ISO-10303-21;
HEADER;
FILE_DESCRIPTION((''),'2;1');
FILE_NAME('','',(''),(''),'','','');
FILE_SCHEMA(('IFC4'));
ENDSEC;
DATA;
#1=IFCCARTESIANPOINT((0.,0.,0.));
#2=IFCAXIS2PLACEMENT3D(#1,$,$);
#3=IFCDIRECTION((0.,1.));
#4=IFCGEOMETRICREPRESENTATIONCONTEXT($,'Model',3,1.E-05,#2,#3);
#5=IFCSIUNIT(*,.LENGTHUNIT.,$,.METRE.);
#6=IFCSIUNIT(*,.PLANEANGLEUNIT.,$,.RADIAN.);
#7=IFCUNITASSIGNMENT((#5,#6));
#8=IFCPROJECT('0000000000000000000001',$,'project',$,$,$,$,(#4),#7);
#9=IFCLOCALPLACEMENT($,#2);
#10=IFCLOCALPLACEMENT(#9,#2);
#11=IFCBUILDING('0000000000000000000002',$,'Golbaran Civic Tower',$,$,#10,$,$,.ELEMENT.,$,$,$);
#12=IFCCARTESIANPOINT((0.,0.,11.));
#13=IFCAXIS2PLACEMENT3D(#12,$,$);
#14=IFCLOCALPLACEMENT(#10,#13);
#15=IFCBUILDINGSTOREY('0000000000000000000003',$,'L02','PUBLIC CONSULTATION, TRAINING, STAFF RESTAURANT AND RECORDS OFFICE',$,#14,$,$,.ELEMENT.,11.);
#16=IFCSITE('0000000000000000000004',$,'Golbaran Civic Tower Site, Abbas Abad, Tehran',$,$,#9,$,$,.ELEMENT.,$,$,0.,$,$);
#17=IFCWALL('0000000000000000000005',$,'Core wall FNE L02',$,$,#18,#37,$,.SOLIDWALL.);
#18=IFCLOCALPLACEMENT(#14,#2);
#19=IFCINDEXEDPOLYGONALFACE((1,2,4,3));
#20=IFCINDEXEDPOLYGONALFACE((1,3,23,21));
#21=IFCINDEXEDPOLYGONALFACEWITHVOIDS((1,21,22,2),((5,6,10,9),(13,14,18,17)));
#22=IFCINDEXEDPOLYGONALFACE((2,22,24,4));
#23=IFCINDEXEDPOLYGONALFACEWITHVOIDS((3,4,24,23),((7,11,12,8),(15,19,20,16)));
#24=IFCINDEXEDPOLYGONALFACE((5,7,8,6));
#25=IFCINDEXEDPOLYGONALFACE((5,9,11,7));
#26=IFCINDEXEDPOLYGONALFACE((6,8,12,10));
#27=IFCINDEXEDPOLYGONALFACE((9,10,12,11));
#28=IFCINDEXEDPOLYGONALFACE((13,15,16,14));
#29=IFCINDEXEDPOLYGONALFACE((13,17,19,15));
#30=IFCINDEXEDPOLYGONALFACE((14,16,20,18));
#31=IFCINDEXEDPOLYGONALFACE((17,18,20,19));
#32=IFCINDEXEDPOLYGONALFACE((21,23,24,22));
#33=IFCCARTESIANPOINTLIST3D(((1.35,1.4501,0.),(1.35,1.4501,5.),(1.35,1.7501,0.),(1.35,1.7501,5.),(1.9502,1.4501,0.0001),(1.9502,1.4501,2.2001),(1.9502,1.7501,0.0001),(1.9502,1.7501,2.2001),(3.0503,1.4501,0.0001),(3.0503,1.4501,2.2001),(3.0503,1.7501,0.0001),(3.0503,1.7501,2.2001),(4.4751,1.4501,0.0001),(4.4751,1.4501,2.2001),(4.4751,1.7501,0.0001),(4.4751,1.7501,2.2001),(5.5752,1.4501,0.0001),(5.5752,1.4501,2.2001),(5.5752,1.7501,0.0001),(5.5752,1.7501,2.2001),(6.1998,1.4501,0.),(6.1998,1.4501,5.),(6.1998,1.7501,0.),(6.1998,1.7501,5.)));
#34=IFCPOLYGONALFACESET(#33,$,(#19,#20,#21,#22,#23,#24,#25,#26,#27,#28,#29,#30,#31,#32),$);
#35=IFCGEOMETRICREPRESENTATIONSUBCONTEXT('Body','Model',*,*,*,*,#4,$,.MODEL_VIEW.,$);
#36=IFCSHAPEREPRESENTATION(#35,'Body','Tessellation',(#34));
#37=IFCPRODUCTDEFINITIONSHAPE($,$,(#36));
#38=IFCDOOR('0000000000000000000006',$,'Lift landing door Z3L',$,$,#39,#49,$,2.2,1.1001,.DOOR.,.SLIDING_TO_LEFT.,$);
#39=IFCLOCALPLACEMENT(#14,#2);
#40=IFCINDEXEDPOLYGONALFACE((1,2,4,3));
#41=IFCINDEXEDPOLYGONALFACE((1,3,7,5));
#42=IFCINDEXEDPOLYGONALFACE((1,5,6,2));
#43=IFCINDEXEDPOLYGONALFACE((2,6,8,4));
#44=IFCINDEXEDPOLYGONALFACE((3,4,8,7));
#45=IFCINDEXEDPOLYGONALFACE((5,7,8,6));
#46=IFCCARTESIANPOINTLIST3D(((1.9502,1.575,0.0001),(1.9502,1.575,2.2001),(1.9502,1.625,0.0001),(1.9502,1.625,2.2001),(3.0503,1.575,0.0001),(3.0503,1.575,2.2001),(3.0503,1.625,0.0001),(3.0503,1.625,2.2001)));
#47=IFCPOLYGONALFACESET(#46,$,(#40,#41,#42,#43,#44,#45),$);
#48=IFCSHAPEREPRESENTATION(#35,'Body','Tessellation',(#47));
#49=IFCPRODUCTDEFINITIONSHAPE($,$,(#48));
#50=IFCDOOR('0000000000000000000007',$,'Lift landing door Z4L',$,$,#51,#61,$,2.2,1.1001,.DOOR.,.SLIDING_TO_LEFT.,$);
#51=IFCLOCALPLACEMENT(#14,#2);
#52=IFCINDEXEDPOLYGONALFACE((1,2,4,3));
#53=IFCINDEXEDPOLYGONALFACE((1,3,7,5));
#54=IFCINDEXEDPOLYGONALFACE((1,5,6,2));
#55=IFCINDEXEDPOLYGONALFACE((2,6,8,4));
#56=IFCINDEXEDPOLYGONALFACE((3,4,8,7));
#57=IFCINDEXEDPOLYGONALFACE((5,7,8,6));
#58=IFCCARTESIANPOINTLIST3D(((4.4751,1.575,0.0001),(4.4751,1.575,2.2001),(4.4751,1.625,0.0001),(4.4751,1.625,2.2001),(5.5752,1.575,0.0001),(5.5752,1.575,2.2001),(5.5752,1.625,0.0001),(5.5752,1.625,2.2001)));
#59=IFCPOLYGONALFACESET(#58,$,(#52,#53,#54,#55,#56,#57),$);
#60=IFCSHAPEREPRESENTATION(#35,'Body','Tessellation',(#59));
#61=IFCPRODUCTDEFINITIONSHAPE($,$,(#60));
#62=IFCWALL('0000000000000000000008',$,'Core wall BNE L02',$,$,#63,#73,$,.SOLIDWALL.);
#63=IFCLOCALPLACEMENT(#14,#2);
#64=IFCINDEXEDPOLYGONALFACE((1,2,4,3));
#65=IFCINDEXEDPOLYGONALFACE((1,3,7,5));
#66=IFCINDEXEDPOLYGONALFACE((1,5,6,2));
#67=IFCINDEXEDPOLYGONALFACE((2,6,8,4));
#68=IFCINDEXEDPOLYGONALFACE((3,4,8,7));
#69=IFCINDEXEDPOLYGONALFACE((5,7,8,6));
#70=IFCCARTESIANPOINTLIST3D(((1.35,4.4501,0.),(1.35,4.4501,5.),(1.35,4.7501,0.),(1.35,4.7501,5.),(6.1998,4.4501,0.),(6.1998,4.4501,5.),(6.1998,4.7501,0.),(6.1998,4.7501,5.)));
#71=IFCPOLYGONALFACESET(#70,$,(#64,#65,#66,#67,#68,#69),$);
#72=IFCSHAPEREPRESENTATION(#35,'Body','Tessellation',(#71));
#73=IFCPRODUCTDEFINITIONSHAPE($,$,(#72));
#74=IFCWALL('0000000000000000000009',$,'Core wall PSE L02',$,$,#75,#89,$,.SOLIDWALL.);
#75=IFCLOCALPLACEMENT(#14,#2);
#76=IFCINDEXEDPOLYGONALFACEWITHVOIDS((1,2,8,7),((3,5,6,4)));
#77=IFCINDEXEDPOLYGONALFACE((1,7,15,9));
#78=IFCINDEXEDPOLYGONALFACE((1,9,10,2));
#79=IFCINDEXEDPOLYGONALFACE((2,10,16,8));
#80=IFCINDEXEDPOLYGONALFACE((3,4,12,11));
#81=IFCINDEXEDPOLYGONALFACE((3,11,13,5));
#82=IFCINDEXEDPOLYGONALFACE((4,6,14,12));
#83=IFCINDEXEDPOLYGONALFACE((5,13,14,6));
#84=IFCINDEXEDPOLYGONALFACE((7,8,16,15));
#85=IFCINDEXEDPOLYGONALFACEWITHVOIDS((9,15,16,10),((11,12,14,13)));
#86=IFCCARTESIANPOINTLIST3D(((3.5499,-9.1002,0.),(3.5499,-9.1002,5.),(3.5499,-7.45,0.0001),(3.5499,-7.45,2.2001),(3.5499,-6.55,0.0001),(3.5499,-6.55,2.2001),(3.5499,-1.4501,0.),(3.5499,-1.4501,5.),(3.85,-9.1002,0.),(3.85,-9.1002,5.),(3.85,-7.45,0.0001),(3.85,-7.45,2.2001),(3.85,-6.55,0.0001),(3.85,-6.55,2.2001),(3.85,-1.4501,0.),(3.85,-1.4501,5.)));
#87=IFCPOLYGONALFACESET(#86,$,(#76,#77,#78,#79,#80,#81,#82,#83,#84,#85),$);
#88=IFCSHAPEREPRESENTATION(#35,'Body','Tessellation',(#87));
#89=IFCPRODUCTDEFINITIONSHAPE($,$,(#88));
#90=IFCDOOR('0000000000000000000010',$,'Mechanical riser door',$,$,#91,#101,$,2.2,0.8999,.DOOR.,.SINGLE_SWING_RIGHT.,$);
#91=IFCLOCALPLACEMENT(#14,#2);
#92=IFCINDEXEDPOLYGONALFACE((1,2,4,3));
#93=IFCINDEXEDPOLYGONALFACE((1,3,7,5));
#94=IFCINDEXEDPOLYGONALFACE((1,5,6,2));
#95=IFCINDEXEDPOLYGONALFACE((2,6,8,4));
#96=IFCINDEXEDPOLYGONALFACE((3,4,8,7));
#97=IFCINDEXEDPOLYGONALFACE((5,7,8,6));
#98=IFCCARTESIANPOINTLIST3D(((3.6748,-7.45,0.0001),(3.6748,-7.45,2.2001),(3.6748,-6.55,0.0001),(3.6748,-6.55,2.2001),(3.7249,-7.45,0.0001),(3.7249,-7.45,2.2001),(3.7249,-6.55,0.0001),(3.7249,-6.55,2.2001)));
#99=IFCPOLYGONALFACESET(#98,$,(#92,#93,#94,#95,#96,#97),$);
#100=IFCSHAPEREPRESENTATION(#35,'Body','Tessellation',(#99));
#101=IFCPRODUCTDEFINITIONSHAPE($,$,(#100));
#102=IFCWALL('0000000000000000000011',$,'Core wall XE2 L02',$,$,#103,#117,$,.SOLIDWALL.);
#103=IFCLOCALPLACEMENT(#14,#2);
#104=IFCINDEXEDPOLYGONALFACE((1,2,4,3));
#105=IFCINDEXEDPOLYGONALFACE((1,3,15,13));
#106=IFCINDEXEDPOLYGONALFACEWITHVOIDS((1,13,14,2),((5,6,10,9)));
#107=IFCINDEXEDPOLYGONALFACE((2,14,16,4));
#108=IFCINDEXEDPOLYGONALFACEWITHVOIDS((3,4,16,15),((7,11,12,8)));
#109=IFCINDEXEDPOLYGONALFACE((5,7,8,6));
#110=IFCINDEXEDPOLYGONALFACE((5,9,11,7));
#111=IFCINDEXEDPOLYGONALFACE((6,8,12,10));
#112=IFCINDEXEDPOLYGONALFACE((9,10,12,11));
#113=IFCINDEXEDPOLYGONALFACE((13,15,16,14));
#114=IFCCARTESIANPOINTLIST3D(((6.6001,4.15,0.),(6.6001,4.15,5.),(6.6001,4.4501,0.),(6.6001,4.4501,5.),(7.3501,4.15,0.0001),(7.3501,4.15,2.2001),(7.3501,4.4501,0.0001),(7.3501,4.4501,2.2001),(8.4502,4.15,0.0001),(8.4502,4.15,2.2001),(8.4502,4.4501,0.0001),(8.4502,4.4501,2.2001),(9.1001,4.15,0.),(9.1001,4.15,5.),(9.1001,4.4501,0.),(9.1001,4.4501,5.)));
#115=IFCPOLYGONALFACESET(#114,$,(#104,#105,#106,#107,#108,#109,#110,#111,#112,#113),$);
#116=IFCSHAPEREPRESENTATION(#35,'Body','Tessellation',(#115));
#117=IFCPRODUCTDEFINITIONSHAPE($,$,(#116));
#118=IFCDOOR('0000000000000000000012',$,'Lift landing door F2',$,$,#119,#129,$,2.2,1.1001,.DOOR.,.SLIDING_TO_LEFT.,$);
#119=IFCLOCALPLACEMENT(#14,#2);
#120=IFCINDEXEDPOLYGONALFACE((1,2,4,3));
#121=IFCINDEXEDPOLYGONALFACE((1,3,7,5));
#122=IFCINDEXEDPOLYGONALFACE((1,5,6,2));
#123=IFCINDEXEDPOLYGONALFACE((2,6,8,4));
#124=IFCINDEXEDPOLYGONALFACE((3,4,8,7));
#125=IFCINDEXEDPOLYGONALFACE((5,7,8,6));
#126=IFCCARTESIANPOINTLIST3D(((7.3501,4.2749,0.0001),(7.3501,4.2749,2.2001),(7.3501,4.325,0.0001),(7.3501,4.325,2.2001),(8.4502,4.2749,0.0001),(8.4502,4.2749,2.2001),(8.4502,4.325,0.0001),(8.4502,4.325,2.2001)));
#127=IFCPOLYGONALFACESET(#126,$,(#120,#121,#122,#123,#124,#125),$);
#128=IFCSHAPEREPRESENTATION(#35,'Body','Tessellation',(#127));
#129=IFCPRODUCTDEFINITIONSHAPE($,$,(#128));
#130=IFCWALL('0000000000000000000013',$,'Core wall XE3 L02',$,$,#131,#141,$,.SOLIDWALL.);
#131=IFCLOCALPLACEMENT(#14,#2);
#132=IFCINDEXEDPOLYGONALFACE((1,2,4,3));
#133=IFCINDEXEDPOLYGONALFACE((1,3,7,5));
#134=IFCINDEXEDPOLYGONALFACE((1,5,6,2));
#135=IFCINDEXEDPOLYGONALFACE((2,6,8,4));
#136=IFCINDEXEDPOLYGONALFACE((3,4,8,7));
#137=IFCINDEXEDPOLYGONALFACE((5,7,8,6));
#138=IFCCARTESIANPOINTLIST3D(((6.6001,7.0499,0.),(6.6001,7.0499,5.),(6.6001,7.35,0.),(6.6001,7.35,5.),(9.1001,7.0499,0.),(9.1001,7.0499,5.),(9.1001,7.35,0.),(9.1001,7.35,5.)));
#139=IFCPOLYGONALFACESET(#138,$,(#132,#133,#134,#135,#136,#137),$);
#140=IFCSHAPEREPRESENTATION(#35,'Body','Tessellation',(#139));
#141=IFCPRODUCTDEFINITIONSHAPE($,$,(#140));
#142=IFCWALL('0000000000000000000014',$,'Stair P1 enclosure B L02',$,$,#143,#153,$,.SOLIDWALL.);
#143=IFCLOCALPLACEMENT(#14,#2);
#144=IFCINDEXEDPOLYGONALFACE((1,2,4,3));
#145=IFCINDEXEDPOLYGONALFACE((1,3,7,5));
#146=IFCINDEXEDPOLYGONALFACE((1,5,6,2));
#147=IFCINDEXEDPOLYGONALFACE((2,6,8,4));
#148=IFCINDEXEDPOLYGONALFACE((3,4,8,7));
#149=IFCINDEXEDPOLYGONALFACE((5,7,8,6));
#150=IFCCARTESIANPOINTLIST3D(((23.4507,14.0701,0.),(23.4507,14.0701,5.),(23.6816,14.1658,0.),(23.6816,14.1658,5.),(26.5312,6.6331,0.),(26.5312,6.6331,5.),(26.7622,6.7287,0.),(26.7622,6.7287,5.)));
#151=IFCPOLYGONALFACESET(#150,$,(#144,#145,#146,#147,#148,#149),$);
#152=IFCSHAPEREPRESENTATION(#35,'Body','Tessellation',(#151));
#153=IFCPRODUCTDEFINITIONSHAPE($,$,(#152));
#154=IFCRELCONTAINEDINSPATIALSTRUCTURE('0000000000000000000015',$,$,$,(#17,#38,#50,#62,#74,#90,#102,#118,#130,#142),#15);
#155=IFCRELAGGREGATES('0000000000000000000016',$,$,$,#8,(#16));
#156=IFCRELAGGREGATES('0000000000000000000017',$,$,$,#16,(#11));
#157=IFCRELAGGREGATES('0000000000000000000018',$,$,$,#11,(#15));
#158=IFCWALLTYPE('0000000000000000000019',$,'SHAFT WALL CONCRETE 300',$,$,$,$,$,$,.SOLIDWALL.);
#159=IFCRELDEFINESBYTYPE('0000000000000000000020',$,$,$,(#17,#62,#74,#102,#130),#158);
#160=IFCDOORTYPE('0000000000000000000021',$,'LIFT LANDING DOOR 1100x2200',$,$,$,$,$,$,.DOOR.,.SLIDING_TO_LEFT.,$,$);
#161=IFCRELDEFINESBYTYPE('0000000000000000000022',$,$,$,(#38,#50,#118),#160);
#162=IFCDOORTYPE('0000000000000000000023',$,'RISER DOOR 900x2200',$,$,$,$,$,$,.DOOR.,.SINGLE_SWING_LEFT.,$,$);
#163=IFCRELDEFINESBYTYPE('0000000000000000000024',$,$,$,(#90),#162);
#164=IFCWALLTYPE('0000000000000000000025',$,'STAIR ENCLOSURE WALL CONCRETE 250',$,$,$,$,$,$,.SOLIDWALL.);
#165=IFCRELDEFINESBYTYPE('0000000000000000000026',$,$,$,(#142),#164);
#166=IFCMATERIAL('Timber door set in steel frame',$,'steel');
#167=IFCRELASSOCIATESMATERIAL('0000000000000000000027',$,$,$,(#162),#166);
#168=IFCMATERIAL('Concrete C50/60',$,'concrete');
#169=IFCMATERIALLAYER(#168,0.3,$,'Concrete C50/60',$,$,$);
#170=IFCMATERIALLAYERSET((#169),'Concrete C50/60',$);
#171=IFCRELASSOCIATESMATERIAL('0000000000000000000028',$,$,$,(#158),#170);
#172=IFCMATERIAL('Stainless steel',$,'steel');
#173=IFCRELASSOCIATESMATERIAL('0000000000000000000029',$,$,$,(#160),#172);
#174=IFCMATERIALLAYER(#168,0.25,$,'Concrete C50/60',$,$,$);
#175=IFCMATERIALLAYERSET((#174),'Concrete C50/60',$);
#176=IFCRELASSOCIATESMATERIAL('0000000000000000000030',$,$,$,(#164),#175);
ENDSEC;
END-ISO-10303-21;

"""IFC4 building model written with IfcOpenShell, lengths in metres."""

from ifc_helpers import new_model, si_unit, direction, frame, frame_2d, origin, place, context, subcontext, project, spatial, rectangle, extrude, material, layer, layer_set, type_object, element, fill, save


model = new_model("IFC4")

# Units and contexts
model_context = context("Model", 3, precision=1e-05, world=origin(), true_north=direction((0.0, 1.0)))
body_context = subcontext(model_context, "Body", "Model", "MODEL_VIEW")
ifc_project = project(units=[si_unit("LENGTHUNIT", "METRE"), si_unit("PLANEANGLEUNIT", "RADIAN")], contexts=[model_context])

# Site, building, storey
site_placement = place(None, origin())
site = spatial("IfcSite", under=ifc_project, at=site_placement, Name="Golbaran Civic Tower Site, Abbas Abad, Tehran", CompositionType="ELEMENT", RefElevation=0.0)
building_placement = place(site_placement, origin())
building = spatial("IfcBuilding", under=site, at=building_placement, Name="Golbaran Civic Tower", CompositionType="ELEMENT")
storey_placement = place(building_placement, frame((0.0, 0.0, 11.0)))
storey = spatial("IfcBuildingStorey", under=building, at=storey_placement, Name="L02", Description="PUBLIC CONSULTATION, TRAINING, STAFF RESTAURANT AND RECORDS OFFICE", CompositionType="ELEMENT", Elevation=11.0)

# Shared definitions
ifc_material_1 = material(Name="Concrete C50/60", Category="concrete")

# Shared definitions
ifc_material_2 = material(Name="Timber door set in steel frame", Category="steel")
door_type_1 = type_object("IfcDoorType", Name="RISER DOOR 900x2200", OperationType="SINGLE_SWING_LEFT", PredefinedType="DOOR", material=ifc_material_2)

# Wall, openings, doors
ifc_layer_1 = layer(ifc_material_1, 0.3, Name="Concrete C50/60")
ifc_layer_set_1 = layer_set([ifc_layer_1], Name="Concrete C50/60")
wall_type_1 = type_object("IfcWallType", Name="SHAFT WALL CONCRETE 300", PredefinedType="SOLIDWALL", material=ifc_layer_set_1)
wall_1_placement = place(storey_placement, frame((1.3501, 1.6001, 0.0), z_axis=(0.0, 0.0, 1.0), x_axis=(1.0, 0.0, 0.0)))
wall_1 = element("IfcWall", 1, at=wall_1_placement, inside=storey, type_object=wall_type_1, Name="Core wall FNE L02", PredefinedType="SOLIDWALL", context=body_context, shape_type="SweptSolid", body=[
    extrude(rectangle(XDim=4.8499, YDim=0.3, at=frame_2d((2.4248, 0.0))), origin(), (0.0, 0.0, 1.0), 5.0),
])
opening_1_placement = place(wall_1_placement, frame((0.6001, 0.0, 0.0)))
opening_1 = element("IfcOpeningElement", 2, at=opening_1_placement, cuts=wall_1, PredefinedType="OPENING", context=body_context, shape_type="SweptSolid", body=[
    extrude(rectangle(XDim=1.1001, YDim=2.2, at=frame_2d((0.55, 1.1001))), frame((0.0, 0.1599, 0.0), z_axis=(0.0, -1.0, 0.0), x_axis=(1.0, 0.0, 0.0)), (0.0, 0.0, 1.0), 0.3201),
])
opening_2_placement = place(wall_1_placement, frame((3.125, 0.0, 0.0)))
opening_2 = element("IfcOpeningElement", 3, at=opening_2_placement, cuts=wall_1, PredefinedType="OPENING", context=body_context, shape_type="SweptSolid", body=[
    extrude(rectangle(XDim=1.1001, YDim=2.2, at=frame_2d((0.55, 1.1001))), frame((0.0, 0.1599, 0.0), z_axis=(0.0, -1.0, 0.0), x_axis=(1.0, 0.0, 0.0)), (0.0, 0.0, 1.0), 0.3201),
])
ifc_material_3 = material(Name="Stainless steel", Category="steel")
door_type_2 = type_object("IfcDoorType", Name="LIFT LANDING DOOR 1100x2200", OperationType="SLIDING_TO_LEFT", PredefinedType="DOOR", material=ifc_material_3)
door_1_placement = place(opening_1_placement, origin())
door_1 = element("IfcDoor", 4, at=door_1_placement, inside=storey, type_object=door_type_2, Name="Lift landing door Z3L", OperationType="SLIDING_TO_LEFT", OverallHeight=2.2, OverallWidth=1.1001, PredefinedType="DOOR", context=body_context, shape_type="SweptSolid", body=[
    extrude(rectangle(XDim=1.1001, YDim=2.2, at=frame_2d((0.55, 1.1001))), frame((0.0, 0.0249, 0.0), z_axis=(0.0, -1.0, 0.0), x_axis=(1.0, 0.0, 0.0)), (0.0, 0.0, 1.0), 0.05),
])
fill(opening_1, door_1)
door_2_placement = place(opening_2_placement, origin())
door_2 = element("IfcDoor", 5, at=door_2_placement, inside=storey, type_object=door_type_2, Name="Lift landing door Z4L", OperationType="SLIDING_TO_LEFT", OverallHeight=2.2, OverallWidth=1.1001, PredefinedType="DOOR", context=body_context, shape_type="SweptSolid", body=[
    extrude(rectangle(XDim=1.1001, YDim=2.2, at=frame_2d((0.55, 1.1001))), frame((0.0, 0.0249, 0.0), z_axis=(0.0, -1.0, 0.0), x_axis=(1.0, 0.0, 0.0)), (0.0, 0.0, 1.0), 0.05),
])
fill(opening_2, door_2)

# Wall
wall_2_placement = place(storey_placement, frame((1.3501, 4.6001, 0.0), z_axis=(0.0, 0.0, 1.0), x_axis=(1.0, 0.0, 0.0)))
element("IfcWall", 6, at=wall_2_placement, inside=storey, type_object=wall_type_1, Name="Core wall BNE L02", PredefinedType="SOLIDWALL", context=body_context, shape_type="SweptSolid", body=[
    extrude(rectangle(XDim=4.8499, YDim=0.3, at=frame_2d((2.4248, 0.0))), origin(), (0.0, 0.0, 1.0), 5.0),
])

# Walls, openings, doors
wall_3_placement = place(storey_placement, frame((3.7, -1.45, 0.0), z_axis=(0.0, 0.0, 1.0), x_axis=(0.0, -1.0, 0.0)))
wall_3 = element("IfcWall", 7, at=wall_3_placement, inside=storey, type_object=wall_type_1, Name="Core wall PSE L02", PredefinedType="SOLIDWALL", context=body_context, shape_type="SweptSolid", body=[
    extrude(rectangle(XDim=7.6501, YDim=0.3, at=frame_2d((3.8252, 0.0))), origin(), (0.0, 0.0, 1.0), 5.0),
])
opening_3_placement = place(wall_3_placement, frame((5.1001, 0.0, 0.0)))
opening_3 = element("IfcOpeningElement", 8, at=opening_3_placement, cuts=wall_3, PredefinedType="OPENING", context=body_context, shape_type="SweptSolid", body=[
    extrude(rectangle(XDim=0.8999, YDim=2.2, at=frame_2d((0.45, 1.1001))), frame((0.0, 0.1599, 0.0), z_axis=(0.0, -1.0, 0.0), x_axis=(1.0, 0.0, 0.0)), (0.0, 0.0, 1.0), 0.3201),
])
door_3_placement = place(opening_3_placement, origin())
door_3 = element("IfcDoor", 9, at=door_3_placement, inside=storey, type_object=door_type_1, Name="Mechanical riser door", OperationType="SINGLE_SWING_RIGHT", OverallHeight=2.2, OverallWidth=0.8999, PredefinedType="DOOR", context=body_context, shape_type="SweptSolid", body=[
    extrude(rectangle(XDim=0.8999, YDim=2.2, at=frame_2d((0.45, 1.1001))), frame((0.0, 0.0249, 0.0), z_axis=(0.0, -1.0, 0.0), x_axis=(1.0, 0.0, 0.0)), (0.0, 0.0, 1.0), 0.05),
])
fill(opening_3, door_3)
wall_4_placement = place(storey_placement, frame((6.6001, 4.3, 0.0), z_axis=(0.0, 0.0, 1.0), x_axis=(1.0, 0.0, 0.0)))
wall_4 = element("IfcWall", 10, at=wall_4_placement, inside=storey, type_object=wall_type_1, Name="Core wall XE2 L02", PredefinedType="SOLIDWALL", context=body_context, shape_type="SweptSolid", body=[
    extrude(rectangle(XDim=2.5, YDim=0.3, at=frame_2d((1.25, 0.0))), origin(), (0.0, 0.0, 1.0), 5.0),
])
opening_4_placement = place(wall_4_placement, frame((0.75, 0.0, 0.0)))
opening_4 = element("IfcOpeningElement", 11, at=opening_4_placement, cuts=wall_4, PredefinedType="OPENING", context=body_context, shape_type="SweptSolid", body=[
    extrude(rectangle(XDim=1.1001, YDim=2.2, at=frame_2d((0.55, 1.1001))), frame((0.0, 0.1599, 0.0), z_axis=(0.0, -1.0, 0.0), x_axis=(1.0, 0.0, 0.0)), (0.0, 0.0, 1.0), 0.3201),
])
door_4_placement = place(opening_4_placement, origin())
door_4 = element("IfcDoor", 12, at=door_4_placement, inside=storey, type_object=door_type_2, Name="Lift landing door F2", OperationType="SLIDING_TO_LEFT", OverallHeight=2.2, OverallWidth=1.1001, PredefinedType="DOOR", context=body_context, shape_type="SweptSolid", body=[
    extrude(rectangle(XDim=1.1001, YDim=2.2, at=frame_2d((0.55, 1.1001))), frame((0.0, 0.0249, 0.0), z_axis=(0.0, -1.0, 0.0), x_axis=(1.0, 0.0, 0.0)), (0.0, 0.0, 1.0), 0.05),
])
fill(opening_4, door_4)

# Walls
wall_5_placement = place(storey_placement, frame((6.6001, 7.2, 0.0), z_axis=(0.0, 0.0, 1.0), x_axis=(1.0, 0.0, 0.0)))
element("IfcWall", 13, at=wall_5_placement, inside=storey, type_object=wall_type_1, Name="Core wall XE3 L02", PredefinedType="SOLIDWALL", context=body_context, shape_type="SweptSolid", body=[
    extrude(rectangle(XDim=2.5, YDim=0.3, at=frame_2d((1.25, 0.0))), origin(), (0.0, 0.0, 1.0), 5.0),
])
ifc_layer_2 = layer(ifc_material_1, 0.25, Name="Concrete C50/60")
ifc_layer_set_2 = layer_set([ifc_layer_2], Name="Concrete C50/60")
wall_type_2 = type_object("IfcWallType", Name="STAIR ENCLOSURE WALL CONCRETE 250", PredefinedType="SOLIDWALL", material=ifc_layer_set_2)
wall_6_placement = place(storey_placement, frame((26.6467, 6.6809, 0.0), z_axis=(0.0, 0.0, 1.0), x_axis=(-0.382689, 0.923877, 0.0)))
element("IfcWall", 14, at=wall_6_placement, inside=storey, type_object=wall_type_2, Name="Stair P1 enclosure B L02", PredefinedType="SOLIDWALL", context=body_context, shape_type="SweptSolid", body=[
    extrude(rectangle(XDim=8.0498, YDim=0.25, at=frame_2d((4.0249, 0.0))), origin(), (0.0, 0.0, 1.0), 5.0),
])

save(model, "model.ifc")
